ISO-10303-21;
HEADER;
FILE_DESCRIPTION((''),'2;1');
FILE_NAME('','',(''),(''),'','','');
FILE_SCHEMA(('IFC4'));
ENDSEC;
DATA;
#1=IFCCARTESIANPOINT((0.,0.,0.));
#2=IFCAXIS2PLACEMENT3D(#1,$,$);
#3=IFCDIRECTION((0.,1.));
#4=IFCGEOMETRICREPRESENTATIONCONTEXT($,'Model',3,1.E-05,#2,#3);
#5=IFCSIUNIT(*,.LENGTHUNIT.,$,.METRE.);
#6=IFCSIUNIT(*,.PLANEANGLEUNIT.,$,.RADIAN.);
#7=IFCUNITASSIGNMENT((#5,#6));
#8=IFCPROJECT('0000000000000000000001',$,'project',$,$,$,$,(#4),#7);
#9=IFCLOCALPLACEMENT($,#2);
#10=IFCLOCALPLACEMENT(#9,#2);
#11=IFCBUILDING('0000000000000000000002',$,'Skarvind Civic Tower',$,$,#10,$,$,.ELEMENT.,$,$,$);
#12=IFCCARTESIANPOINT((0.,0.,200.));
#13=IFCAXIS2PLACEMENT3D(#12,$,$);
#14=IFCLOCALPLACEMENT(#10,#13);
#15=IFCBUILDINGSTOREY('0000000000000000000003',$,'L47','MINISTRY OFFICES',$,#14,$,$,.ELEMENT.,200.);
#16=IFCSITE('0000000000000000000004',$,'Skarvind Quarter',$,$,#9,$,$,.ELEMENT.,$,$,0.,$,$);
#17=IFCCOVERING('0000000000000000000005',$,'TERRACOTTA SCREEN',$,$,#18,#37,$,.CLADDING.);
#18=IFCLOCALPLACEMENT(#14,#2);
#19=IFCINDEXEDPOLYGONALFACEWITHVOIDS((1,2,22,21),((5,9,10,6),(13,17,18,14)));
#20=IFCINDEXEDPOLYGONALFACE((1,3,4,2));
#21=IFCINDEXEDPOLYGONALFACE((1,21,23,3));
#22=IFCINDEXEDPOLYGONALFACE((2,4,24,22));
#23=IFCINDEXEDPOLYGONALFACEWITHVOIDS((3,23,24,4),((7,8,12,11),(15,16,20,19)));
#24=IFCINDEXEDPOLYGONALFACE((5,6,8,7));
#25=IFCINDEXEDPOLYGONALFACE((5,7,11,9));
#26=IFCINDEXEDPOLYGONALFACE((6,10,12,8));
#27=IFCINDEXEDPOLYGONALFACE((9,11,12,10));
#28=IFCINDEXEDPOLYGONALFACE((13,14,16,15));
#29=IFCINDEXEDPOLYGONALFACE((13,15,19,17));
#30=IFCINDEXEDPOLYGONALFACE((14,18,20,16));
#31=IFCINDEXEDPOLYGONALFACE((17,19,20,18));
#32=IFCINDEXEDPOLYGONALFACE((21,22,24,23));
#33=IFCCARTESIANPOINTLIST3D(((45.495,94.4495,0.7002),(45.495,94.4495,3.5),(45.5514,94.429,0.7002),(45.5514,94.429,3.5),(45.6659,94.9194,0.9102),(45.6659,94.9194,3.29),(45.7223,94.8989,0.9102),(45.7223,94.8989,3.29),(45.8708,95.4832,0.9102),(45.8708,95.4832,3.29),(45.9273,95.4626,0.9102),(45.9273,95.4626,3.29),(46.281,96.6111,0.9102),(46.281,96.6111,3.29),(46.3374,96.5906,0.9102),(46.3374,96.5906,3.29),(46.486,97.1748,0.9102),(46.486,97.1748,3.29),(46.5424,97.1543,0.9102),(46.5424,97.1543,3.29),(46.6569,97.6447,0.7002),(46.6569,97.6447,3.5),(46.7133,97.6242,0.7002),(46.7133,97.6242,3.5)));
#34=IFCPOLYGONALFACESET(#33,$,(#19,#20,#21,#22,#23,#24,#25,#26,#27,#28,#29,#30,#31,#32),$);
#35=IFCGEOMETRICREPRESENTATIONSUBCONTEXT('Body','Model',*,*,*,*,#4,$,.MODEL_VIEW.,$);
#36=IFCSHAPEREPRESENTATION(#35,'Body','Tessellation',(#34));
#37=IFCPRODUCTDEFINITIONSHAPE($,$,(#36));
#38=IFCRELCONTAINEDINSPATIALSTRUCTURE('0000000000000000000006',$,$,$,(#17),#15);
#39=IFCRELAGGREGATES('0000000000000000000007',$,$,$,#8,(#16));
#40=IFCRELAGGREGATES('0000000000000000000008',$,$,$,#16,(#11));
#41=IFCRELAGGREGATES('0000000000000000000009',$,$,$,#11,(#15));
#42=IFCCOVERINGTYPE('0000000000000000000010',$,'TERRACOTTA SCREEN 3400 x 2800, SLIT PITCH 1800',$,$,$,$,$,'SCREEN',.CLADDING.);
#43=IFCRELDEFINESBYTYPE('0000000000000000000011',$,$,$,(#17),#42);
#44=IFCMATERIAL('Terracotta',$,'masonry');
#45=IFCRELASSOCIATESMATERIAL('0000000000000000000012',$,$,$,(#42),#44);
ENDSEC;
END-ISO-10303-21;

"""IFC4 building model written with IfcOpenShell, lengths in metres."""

from ifc_helpers import new_model, si_unit, direction, frame, origin, place, context, subcontext, project, spatial, polyline, outline, extrude, material, material_profile, profile_set, type_object, element, save


model = new_model("IFC4")

# Units and contexts
model_context = context("Model", 3, precision=1e-05, world=origin(), true_north=direction((0.0, 1.0)))
body_context = subcontext(model_context, "Body", "Model", "MODEL_VIEW")
ifc_project = project(units=[si_unit("LENGTHUNIT", "METRE"), si_unit("PLANEANGLEUNIT", "RADIAN")], contexts=[model_context])

# Site, building, storey
site_placement = place(None, origin())
site = spatial("IfcSite", under=ifc_project, at=site_placement, Name="Skarvind Quarter", CompositionType="ELEMENT", RefElevation=0.0)
building_placement = place(site_placement, origin())
building = spatial("IfcBuilding", under=site, at=building_placement, Name="Skarvind Civic Tower", CompositionType="ELEMENT")
storey_placement = place(building_placement, frame((0.0, 0.0, 200.0)))
storey = spatial("IfcBuildingStorey", under=building, at=storey_placement, Name="L47", Description="MINISTRY OFFICES", CompositionType="ELEMENT", Elevation=200.0)

# Covering
ifc_material_1 = material(Name="Terracotta", Category="masonry")
ifc_material_profile_1 = material_profile(ifc_material_1, outline(polyline([(-1.7, -1.3999), (1.7, -1.3999), (1.7, 1.3999), (-1.7, 1.3999), (-1.7, -1.3999)]), holes=[polyline([(-1.2, -1.1899), (-0.6001, -1.1899), (-0.6001, 1.1899), (-1.2, 1.1899), (-1.2, -1.1899)]), polyline([(0.6001, -1.1899), (1.2, -1.1899), (1.2, 1.1899), (0.6001, 1.1899), (0.6001, -1.1899)])]), Name="TERRACOTTA SCREEN 3400 x 2800, SLIT PITCH 1800")
ifc_profile_set_1 = profile_set([ifc_material_profile_1], Name="Terracotta")
covering_type_1 = type_object("IfcCoveringType", Name="TERRACOTTA SCREEN 3400 x 2800, SLIT PITCH 1800", ElementType="SCREEN", PredefinedType="CLADDING", material=ifc_profile_set_1)
covering_1_placement = place(storey_placement, frame((46.0759, 96.0471, 2.1001), z_axis=(0.939793, -0.341743, 0.0), x_axis=(0.341743, 0.939793, 0.0)))
element("IfcCovering", 1, at=covering_1_placement, inside=storey, type_object=covering_type_1, Name="TERRACOTTA SCREEN", PredefinedType="CLADDING", context=body_context, shape_type="SweptSolid", body=[
    extrude(outline(polyline([(-1.7, -1.3999), (1.7, -1.3999), (1.7, 1.3999), (-1.7, 1.3999), (-1.7, -1.3999)]), holes=[polyline([(-1.2, -1.1899), (-0.6001, -1.1899), (-0.6001, 1.1899), (-1.2, 1.1899), (-1.2, -1.1899)]), polyline([(0.6001, -1.1899), (1.2, -1.1899), (1.2, 1.1899), (0.6001, 1.1899), (0.6001, -1.1899)])]), origin(), (0.0, 0.0, 1.0), 0.0601),
])

save(model, "model.ifc")
